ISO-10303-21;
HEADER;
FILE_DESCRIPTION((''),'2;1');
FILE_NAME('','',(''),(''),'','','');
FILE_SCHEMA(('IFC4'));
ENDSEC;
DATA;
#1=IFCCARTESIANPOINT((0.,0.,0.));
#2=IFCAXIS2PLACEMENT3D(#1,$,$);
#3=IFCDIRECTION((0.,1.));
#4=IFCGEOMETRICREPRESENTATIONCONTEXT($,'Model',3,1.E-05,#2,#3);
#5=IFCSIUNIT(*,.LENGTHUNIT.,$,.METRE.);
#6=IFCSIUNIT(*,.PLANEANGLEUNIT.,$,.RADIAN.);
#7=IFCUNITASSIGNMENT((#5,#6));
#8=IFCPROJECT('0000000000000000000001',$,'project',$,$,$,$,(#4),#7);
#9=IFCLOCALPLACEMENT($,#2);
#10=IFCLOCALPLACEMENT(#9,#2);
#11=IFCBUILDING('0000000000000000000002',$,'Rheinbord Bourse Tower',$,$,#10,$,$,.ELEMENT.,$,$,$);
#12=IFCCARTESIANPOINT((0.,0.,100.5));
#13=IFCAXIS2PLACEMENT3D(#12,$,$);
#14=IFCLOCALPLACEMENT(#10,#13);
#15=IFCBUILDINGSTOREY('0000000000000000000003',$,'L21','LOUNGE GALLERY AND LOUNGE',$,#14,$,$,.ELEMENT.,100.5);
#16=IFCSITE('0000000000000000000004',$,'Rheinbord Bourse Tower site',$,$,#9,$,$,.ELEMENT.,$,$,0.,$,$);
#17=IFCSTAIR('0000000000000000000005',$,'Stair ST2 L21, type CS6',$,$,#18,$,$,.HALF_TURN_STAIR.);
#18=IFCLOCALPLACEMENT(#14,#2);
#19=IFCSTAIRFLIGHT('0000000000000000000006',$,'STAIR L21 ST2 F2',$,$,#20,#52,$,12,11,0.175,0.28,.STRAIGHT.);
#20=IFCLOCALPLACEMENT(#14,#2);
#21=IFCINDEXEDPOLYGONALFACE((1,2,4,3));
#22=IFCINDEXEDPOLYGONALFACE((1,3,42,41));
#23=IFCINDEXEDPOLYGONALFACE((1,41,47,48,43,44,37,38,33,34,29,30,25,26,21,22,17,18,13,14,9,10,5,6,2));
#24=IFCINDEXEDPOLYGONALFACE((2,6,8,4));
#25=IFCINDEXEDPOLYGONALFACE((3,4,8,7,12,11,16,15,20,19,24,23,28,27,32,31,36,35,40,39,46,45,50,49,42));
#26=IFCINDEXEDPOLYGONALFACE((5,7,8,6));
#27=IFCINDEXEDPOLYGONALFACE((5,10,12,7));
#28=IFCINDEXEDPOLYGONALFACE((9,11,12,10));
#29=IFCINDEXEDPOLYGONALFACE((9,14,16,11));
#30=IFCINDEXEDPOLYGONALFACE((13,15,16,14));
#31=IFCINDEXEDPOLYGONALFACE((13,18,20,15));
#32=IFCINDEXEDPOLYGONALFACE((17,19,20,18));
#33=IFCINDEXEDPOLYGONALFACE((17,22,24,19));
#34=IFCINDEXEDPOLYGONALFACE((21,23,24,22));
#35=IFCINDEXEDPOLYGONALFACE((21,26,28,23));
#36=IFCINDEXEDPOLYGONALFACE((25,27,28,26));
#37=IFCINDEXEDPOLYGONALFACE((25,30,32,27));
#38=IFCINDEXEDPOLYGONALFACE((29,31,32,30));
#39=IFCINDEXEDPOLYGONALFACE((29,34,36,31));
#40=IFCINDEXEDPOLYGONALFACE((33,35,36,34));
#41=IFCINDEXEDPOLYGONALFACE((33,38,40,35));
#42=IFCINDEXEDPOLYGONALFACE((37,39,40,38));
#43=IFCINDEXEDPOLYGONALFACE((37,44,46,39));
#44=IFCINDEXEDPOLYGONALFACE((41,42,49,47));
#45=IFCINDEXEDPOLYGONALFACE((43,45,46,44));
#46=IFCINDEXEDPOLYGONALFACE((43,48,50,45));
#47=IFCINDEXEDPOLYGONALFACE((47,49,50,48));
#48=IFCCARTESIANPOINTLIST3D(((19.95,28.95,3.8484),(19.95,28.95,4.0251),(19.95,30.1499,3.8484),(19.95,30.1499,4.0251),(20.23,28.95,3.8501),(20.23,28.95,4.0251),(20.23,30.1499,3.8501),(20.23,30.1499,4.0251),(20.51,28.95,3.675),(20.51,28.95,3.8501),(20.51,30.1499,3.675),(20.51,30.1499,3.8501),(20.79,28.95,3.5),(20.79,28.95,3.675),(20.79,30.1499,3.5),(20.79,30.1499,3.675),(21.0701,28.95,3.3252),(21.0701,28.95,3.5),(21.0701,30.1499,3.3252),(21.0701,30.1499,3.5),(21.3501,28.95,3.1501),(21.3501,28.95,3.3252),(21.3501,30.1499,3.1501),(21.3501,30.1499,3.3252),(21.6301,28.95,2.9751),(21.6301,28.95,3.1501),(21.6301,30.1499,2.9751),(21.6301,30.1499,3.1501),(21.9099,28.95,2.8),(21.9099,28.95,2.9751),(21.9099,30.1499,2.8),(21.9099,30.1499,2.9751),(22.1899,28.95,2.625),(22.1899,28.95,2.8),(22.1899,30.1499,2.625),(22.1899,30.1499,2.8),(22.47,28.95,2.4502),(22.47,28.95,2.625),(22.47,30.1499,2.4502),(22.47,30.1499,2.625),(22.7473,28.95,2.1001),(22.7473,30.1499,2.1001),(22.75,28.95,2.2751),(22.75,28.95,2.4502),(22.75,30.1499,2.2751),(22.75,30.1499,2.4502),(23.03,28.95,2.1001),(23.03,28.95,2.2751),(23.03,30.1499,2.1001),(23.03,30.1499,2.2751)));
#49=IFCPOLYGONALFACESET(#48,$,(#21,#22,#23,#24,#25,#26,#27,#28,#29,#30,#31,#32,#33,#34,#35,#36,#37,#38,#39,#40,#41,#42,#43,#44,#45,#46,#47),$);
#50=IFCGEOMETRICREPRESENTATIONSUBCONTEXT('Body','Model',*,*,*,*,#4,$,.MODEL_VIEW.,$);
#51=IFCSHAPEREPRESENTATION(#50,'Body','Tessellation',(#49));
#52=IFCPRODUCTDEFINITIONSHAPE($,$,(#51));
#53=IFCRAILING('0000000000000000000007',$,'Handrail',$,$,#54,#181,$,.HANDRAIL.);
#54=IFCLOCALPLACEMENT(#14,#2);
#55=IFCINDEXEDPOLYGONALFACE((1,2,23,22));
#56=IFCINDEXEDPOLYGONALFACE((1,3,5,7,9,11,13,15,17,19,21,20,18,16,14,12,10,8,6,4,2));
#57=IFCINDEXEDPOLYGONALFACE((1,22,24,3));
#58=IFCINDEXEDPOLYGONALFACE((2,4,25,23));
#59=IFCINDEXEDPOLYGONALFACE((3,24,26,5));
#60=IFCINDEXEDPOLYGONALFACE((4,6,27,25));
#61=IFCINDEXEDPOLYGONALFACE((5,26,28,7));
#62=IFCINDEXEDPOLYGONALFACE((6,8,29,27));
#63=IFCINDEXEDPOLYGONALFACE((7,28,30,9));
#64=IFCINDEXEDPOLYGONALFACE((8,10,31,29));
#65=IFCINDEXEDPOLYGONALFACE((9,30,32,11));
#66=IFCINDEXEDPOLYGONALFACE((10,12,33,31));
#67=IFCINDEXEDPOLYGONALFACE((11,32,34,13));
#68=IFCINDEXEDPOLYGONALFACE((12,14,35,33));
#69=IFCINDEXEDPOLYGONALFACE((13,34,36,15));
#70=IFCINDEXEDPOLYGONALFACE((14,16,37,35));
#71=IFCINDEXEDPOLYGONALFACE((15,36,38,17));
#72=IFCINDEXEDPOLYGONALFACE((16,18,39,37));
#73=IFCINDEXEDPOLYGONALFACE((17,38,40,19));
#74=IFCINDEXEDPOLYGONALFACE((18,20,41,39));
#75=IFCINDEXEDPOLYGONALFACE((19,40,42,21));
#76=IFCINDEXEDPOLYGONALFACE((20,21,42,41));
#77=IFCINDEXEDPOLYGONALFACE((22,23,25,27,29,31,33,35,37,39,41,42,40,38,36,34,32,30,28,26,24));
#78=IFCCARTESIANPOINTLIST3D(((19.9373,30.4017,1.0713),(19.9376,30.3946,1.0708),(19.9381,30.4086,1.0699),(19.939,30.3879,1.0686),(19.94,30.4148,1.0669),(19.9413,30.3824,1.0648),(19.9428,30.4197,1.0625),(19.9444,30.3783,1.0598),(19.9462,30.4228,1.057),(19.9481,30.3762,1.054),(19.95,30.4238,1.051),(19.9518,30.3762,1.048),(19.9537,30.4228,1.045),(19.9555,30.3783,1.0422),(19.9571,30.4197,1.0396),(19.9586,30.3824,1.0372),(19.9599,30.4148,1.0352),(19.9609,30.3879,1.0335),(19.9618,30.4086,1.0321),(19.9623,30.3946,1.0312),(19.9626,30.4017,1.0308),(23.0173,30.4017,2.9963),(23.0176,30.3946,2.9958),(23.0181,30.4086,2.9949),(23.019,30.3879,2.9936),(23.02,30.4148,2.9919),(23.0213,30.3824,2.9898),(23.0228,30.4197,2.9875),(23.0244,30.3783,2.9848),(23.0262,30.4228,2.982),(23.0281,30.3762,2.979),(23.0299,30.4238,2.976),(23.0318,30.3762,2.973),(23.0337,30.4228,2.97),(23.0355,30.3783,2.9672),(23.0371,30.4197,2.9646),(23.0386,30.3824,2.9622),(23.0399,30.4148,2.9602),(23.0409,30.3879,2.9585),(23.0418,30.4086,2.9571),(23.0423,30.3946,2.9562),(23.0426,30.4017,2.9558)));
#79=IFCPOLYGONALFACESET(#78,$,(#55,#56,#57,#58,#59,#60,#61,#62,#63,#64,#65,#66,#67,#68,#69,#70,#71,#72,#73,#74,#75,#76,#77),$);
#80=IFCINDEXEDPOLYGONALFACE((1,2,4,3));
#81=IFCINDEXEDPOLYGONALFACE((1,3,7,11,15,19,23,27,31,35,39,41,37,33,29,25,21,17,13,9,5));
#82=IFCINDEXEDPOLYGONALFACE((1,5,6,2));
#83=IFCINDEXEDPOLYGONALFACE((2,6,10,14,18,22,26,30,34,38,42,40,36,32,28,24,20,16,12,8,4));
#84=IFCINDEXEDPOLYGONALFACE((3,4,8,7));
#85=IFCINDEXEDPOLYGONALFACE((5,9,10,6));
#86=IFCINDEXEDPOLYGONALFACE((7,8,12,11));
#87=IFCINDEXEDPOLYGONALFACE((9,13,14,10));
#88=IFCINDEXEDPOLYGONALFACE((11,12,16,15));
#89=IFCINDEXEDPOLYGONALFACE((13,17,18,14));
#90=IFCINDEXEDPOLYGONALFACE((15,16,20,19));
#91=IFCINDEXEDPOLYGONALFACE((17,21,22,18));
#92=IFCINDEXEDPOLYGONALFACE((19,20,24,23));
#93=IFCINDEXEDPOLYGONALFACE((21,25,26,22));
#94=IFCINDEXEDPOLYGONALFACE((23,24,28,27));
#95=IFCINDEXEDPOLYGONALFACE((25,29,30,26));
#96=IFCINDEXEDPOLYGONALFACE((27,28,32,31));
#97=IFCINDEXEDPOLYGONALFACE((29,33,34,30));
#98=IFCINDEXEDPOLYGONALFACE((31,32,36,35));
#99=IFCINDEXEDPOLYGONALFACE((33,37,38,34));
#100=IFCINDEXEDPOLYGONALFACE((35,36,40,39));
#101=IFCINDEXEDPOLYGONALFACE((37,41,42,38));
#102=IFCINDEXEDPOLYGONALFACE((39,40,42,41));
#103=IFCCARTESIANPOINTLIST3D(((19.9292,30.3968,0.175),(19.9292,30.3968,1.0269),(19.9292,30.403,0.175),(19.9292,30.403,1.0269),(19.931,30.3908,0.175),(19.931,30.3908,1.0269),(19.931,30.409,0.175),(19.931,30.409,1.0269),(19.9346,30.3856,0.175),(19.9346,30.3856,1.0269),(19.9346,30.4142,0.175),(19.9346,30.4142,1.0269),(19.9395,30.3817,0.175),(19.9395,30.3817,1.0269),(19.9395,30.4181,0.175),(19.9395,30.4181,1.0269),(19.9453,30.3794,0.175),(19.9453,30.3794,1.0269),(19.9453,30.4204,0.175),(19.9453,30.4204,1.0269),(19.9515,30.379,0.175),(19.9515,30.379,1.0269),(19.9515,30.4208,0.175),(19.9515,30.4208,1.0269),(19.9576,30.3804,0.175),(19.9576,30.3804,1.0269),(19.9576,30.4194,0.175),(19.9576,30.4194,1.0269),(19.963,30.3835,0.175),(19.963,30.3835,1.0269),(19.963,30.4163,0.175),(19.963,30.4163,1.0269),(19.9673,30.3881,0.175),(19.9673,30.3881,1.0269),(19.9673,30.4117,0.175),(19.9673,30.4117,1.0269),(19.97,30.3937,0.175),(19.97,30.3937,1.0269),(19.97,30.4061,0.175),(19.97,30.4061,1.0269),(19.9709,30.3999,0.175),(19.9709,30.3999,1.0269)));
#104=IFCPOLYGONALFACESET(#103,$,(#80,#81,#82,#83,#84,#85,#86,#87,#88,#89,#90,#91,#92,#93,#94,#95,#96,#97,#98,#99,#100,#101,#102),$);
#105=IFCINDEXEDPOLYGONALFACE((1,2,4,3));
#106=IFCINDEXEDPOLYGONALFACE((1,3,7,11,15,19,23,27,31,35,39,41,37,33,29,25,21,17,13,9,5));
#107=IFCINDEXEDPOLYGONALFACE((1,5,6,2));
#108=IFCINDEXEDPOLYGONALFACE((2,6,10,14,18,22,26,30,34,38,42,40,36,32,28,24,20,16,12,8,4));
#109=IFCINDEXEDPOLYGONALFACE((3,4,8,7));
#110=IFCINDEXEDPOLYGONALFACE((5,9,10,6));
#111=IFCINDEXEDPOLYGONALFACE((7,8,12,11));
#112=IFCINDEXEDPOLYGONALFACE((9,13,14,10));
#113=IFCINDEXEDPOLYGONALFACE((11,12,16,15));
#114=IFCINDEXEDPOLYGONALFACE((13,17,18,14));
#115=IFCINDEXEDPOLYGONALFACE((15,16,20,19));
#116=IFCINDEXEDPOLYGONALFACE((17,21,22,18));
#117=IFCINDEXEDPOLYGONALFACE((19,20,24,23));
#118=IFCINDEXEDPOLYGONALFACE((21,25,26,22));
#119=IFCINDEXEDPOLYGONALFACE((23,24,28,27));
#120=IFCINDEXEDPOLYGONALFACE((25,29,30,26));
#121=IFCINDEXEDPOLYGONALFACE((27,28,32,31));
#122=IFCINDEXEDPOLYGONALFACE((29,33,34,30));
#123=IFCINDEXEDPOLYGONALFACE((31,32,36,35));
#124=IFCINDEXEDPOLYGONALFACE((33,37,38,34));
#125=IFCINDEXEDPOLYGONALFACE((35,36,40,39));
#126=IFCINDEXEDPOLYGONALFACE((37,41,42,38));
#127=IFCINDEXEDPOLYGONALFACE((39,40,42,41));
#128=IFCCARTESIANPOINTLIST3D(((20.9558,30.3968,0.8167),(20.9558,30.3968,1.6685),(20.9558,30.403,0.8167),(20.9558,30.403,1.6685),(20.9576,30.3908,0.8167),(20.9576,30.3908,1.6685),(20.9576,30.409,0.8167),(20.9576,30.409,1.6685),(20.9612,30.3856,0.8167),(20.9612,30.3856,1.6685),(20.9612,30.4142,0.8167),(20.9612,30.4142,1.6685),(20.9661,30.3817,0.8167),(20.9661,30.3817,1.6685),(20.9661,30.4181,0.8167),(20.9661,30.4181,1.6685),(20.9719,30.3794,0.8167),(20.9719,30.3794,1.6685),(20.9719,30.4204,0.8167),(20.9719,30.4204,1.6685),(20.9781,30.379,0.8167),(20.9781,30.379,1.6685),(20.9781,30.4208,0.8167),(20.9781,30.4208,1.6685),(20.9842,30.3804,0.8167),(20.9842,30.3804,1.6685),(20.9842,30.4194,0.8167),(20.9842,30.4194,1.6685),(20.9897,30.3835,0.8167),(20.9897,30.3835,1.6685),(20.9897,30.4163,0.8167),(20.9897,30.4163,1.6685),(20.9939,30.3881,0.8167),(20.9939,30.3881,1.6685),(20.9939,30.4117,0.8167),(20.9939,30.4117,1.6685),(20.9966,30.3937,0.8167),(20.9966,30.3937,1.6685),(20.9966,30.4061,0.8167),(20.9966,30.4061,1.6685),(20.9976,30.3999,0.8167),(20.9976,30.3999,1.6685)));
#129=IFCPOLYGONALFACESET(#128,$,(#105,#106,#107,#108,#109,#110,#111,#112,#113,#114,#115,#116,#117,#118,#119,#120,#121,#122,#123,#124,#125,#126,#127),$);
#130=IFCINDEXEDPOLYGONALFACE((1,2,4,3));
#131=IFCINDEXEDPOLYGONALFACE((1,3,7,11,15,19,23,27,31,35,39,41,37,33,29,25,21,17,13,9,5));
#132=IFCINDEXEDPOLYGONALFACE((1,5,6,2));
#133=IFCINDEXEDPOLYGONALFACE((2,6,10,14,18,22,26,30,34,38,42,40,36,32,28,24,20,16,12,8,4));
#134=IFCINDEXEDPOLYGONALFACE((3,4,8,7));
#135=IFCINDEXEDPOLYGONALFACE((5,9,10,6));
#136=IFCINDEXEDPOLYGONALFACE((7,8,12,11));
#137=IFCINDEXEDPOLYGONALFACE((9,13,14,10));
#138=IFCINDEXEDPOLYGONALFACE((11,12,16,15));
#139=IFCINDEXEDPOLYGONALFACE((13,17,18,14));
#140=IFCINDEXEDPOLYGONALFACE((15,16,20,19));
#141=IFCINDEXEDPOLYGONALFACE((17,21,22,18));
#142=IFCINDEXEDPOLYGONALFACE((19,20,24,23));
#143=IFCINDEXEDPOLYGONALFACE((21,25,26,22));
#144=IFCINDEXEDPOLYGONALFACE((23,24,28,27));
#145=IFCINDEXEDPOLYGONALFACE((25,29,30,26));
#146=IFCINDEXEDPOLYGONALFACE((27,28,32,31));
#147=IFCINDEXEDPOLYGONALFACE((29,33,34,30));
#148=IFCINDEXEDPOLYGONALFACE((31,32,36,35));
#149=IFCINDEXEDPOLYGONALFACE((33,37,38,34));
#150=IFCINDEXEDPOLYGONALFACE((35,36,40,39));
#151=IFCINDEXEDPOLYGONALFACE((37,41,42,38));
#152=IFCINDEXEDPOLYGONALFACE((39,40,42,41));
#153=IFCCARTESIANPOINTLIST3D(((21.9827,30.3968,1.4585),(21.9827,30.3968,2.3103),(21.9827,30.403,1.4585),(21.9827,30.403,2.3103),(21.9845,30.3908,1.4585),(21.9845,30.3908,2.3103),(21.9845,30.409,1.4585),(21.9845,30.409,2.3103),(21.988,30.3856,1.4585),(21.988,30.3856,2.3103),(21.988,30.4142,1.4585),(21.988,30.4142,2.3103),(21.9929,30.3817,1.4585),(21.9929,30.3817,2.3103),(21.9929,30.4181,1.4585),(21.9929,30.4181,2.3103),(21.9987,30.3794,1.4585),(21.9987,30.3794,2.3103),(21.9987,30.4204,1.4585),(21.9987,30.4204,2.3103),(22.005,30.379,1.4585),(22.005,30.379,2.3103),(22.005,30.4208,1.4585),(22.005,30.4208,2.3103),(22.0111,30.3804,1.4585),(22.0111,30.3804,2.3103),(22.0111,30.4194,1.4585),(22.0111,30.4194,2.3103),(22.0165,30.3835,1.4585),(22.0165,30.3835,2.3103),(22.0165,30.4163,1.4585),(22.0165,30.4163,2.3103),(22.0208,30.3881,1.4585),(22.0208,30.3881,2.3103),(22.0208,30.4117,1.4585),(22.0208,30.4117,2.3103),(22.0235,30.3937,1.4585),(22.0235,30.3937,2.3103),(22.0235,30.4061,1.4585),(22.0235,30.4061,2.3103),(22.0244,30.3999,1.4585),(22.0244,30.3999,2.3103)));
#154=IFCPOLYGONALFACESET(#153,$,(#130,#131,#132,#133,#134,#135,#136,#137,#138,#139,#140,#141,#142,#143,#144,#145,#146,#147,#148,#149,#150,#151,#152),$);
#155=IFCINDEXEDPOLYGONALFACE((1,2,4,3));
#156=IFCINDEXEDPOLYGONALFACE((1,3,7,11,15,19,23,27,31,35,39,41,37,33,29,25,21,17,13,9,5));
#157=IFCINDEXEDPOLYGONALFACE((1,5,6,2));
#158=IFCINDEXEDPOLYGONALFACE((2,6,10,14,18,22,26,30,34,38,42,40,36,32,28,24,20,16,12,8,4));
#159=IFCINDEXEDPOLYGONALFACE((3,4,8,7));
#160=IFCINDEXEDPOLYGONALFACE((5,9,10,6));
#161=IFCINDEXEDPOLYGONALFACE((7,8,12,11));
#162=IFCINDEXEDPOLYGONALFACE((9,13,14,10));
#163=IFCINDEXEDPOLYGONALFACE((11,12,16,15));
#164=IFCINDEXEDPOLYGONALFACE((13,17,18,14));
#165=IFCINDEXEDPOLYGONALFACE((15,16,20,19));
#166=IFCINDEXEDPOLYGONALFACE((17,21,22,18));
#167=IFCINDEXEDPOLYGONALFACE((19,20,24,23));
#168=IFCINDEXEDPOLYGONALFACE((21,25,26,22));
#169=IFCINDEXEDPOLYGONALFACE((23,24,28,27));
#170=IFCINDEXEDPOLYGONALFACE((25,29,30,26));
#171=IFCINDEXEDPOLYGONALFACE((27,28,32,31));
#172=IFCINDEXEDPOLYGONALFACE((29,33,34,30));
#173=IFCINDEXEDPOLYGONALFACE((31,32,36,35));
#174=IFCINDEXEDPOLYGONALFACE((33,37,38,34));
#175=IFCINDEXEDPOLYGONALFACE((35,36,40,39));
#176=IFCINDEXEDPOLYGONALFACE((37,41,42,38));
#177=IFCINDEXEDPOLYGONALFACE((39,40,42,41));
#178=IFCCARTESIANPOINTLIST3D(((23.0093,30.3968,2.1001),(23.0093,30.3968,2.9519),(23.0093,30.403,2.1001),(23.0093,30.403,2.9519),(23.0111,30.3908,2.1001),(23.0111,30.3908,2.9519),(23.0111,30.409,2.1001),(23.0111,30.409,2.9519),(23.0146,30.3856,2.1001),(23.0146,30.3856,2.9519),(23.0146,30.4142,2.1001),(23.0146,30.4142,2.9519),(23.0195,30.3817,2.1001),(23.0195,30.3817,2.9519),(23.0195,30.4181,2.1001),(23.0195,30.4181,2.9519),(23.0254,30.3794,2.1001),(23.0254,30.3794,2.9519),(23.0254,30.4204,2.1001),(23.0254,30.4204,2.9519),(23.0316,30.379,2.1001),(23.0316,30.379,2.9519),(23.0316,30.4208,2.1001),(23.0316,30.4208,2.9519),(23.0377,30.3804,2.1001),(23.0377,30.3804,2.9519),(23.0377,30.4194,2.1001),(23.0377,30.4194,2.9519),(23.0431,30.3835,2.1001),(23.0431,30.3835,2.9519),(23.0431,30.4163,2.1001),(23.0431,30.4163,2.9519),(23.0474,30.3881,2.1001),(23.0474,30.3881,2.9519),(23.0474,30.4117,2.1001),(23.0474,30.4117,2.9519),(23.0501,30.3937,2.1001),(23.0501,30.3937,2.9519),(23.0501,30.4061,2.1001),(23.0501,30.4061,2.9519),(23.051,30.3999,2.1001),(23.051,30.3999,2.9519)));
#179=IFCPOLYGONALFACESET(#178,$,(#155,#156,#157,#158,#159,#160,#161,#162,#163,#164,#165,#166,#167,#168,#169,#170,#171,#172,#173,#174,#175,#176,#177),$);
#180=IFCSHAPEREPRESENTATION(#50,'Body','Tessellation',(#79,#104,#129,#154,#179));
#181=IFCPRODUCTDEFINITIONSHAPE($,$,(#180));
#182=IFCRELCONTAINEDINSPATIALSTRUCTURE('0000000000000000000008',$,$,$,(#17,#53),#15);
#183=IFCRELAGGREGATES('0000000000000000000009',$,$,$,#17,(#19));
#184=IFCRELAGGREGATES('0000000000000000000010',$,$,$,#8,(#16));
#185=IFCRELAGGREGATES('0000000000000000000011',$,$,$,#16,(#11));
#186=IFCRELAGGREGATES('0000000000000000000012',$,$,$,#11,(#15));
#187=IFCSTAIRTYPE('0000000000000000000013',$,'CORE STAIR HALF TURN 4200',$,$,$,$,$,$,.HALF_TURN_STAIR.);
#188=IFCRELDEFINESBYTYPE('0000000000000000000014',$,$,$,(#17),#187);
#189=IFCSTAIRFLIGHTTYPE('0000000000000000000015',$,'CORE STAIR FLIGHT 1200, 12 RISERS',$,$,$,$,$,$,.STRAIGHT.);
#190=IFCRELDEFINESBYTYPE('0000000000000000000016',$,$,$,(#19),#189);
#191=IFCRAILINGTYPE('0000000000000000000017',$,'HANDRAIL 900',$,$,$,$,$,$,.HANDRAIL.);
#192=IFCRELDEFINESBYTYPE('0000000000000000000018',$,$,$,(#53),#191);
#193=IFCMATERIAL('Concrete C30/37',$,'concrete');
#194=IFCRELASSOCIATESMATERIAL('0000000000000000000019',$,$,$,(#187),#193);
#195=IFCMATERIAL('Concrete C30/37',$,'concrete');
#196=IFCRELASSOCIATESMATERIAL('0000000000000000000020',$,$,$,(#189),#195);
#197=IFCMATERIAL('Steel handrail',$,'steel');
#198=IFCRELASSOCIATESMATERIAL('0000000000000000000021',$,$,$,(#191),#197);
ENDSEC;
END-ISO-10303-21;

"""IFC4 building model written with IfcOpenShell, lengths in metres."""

from ifc_helpers import new_model, si_unit, direction, frame, origin, origin_2d, place, context, subcontext, project, spatial, polyline, circle, outline, extrude, material, type_object, element, aggregate, save


model = new_model("IFC4")

# Units and contexts
model_context = context("Model", 3, precision=1e-05, world=origin(), true_north=direction((0.0, 1.0)))
body_context = subcontext(model_context, "Body", "Model", "MODEL_VIEW")
ifc_project = project(units=[si_unit("LENGTHUNIT", "METRE"), si_unit("PLANEANGLEUNIT", "RADIAN")], contexts=[model_context])

# Site, building, storey
site_placement = place(None, origin())
site = spatial("IfcSite", under=ifc_project, at=site_placement, Name="Rheinbord Bourse Tower site", CompositionType="ELEMENT", RefElevation=0.0)
building_placement = place(site_placement, origin())
building = spatial("IfcBuilding", under=site, at=building_placement, Name="Rheinbord Bourse Tower", CompositionType="ELEMENT")
storey_placement = place(building_placement, frame((0.0, 0.0, 100.5)))
storey = spatial("IfcBuildingStorey", under=building, at=storey_placement, Name="L21", Description="LOUNGE GALLERY AND LOUNGE", CompositionType="ELEMENT", Elevation=100.5)

# Stair, stair flight
ifc_material_1 = material(Name="Concrete C30/37", Category="concrete")
stair_type = type_object("IfcStairType", Name="CORE STAIR HALF TURN 4200", PredefinedType="HALF_TURN_STAIR", material=ifc_material_1)
stair_placement = place(storey_placement, origin())
stair = element("IfcStair", 1, at=stair_placement, inside=storey, type_object=stair_type, Name="Stair ST2 L21, type CS6", PredefinedType="HALF_TURN_STAIR")
ifc_material_2 = material(Name="Concrete C30/37", Category="concrete")
stair_flight_type = type_object("IfcStairFlightType", Name="CORE STAIR FLIGHT 1200, 12 RISERS", PredefinedType="STRAIGHT", material=ifc_material_2)
stair_flight_1_placement = place(storey_placement, frame((23.03, 29.55, 2.1001), z_axis=(0.0, 0.0, 1.0), x_axis=(-1.0, 0.0, 0.0)))
stair_flight_1 = element("IfcStairFlight", 2, at=stair_flight_1_placement, type_object=stair_flight_type, Name="STAIR L21 ST2 F2", NumberOfRisers=12, NumberOfTreads=11, PredefinedType="STRAIGHT", RiserHeight=0.175, TreadLength=0.28, context=body_context, shape_type="SweptSolid", body=[
    extrude(outline(polyline([(0.0, 0.0), (0.0, 0.175), (0.28, 0.175), (0.28, 0.3501), (0.5601, 0.3501), (0.5601, 0.5249), (0.8401, 0.5249), (0.8401, 0.7), (1.1201, 0.7), (1.1201, 0.875), (1.3999, 0.875), (1.3999, 1.05), (1.6799, 1.05), (1.6799, 1.2251), (1.96, 1.2251), (1.96, 1.3999), (2.24, 1.3999), (2.24, 1.575), (2.52, 1.575), (2.52, 1.75), (2.8, 1.75), (2.8, 1.925), (3.0801, 1.925), (3.0801, 2.1001), (3.0801, 1.7483), (0.2827, 0.0), (0.0, 0.0)])), frame((0.0, 0.6001, 0.0), z_axis=(0.0, -1.0, 0.0), x_axis=(1.0, 0.0, 0.0)), (0.0, 0.0, 1.0), 1.2),
])
aggregate(stair, [stair_flight_1])

# Railing
ifc_material_3 = material(Name="Steel handrail", Category="steel")
railing_type = type_object("IfcRailingType", Name="HANDRAIL 900", PredefinedType="HANDRAIL", material=ifc_material_3)
railing_1_placement = place(storey_placement, frame((19.95, 30.3999, 0.175)))
element("IfcRailing", 3, at=railing_1_placement, inside=storey, type_object=railing_type, Name="Handrail", PredefinedType="HANDRAIL", context=body_context, shape_type="SweptSolid", body=[
    extrude(circle(Radius=0.0239, at=origin_2d()), frame((0.0, 0.0, 0.876), z_axis=(0.847998, 0.0, 0.529999), x_axis=(0.0, 1.0, 0.0)), (0.0, 0.0, 1.0), 3.6321),
    extrude(circle(Radius=0.021, at=origin_2d()), origin(), (0.0, 0.0, 1.0), 0.8518),
    extrude(circle(Radius=0.021, at=origin_2d()), frame((1.0266, 0.0, 0.6416)), (0.0, 0.0, 1.0), 0.8518),
    extrude(circle(Radius=0.021, at=origin_2d()), frame((2.0535, 0.0, 1.2834)), (0.0, 0.0, 1.0), 0.8518),
    extrude(circle(Radius=0.021, at=origin_2d()), frame((3.0801, 0.0, 1.925)), (0.0, 0.0, 1.0), 0.8518),
])

save(model, "model.ifc")
